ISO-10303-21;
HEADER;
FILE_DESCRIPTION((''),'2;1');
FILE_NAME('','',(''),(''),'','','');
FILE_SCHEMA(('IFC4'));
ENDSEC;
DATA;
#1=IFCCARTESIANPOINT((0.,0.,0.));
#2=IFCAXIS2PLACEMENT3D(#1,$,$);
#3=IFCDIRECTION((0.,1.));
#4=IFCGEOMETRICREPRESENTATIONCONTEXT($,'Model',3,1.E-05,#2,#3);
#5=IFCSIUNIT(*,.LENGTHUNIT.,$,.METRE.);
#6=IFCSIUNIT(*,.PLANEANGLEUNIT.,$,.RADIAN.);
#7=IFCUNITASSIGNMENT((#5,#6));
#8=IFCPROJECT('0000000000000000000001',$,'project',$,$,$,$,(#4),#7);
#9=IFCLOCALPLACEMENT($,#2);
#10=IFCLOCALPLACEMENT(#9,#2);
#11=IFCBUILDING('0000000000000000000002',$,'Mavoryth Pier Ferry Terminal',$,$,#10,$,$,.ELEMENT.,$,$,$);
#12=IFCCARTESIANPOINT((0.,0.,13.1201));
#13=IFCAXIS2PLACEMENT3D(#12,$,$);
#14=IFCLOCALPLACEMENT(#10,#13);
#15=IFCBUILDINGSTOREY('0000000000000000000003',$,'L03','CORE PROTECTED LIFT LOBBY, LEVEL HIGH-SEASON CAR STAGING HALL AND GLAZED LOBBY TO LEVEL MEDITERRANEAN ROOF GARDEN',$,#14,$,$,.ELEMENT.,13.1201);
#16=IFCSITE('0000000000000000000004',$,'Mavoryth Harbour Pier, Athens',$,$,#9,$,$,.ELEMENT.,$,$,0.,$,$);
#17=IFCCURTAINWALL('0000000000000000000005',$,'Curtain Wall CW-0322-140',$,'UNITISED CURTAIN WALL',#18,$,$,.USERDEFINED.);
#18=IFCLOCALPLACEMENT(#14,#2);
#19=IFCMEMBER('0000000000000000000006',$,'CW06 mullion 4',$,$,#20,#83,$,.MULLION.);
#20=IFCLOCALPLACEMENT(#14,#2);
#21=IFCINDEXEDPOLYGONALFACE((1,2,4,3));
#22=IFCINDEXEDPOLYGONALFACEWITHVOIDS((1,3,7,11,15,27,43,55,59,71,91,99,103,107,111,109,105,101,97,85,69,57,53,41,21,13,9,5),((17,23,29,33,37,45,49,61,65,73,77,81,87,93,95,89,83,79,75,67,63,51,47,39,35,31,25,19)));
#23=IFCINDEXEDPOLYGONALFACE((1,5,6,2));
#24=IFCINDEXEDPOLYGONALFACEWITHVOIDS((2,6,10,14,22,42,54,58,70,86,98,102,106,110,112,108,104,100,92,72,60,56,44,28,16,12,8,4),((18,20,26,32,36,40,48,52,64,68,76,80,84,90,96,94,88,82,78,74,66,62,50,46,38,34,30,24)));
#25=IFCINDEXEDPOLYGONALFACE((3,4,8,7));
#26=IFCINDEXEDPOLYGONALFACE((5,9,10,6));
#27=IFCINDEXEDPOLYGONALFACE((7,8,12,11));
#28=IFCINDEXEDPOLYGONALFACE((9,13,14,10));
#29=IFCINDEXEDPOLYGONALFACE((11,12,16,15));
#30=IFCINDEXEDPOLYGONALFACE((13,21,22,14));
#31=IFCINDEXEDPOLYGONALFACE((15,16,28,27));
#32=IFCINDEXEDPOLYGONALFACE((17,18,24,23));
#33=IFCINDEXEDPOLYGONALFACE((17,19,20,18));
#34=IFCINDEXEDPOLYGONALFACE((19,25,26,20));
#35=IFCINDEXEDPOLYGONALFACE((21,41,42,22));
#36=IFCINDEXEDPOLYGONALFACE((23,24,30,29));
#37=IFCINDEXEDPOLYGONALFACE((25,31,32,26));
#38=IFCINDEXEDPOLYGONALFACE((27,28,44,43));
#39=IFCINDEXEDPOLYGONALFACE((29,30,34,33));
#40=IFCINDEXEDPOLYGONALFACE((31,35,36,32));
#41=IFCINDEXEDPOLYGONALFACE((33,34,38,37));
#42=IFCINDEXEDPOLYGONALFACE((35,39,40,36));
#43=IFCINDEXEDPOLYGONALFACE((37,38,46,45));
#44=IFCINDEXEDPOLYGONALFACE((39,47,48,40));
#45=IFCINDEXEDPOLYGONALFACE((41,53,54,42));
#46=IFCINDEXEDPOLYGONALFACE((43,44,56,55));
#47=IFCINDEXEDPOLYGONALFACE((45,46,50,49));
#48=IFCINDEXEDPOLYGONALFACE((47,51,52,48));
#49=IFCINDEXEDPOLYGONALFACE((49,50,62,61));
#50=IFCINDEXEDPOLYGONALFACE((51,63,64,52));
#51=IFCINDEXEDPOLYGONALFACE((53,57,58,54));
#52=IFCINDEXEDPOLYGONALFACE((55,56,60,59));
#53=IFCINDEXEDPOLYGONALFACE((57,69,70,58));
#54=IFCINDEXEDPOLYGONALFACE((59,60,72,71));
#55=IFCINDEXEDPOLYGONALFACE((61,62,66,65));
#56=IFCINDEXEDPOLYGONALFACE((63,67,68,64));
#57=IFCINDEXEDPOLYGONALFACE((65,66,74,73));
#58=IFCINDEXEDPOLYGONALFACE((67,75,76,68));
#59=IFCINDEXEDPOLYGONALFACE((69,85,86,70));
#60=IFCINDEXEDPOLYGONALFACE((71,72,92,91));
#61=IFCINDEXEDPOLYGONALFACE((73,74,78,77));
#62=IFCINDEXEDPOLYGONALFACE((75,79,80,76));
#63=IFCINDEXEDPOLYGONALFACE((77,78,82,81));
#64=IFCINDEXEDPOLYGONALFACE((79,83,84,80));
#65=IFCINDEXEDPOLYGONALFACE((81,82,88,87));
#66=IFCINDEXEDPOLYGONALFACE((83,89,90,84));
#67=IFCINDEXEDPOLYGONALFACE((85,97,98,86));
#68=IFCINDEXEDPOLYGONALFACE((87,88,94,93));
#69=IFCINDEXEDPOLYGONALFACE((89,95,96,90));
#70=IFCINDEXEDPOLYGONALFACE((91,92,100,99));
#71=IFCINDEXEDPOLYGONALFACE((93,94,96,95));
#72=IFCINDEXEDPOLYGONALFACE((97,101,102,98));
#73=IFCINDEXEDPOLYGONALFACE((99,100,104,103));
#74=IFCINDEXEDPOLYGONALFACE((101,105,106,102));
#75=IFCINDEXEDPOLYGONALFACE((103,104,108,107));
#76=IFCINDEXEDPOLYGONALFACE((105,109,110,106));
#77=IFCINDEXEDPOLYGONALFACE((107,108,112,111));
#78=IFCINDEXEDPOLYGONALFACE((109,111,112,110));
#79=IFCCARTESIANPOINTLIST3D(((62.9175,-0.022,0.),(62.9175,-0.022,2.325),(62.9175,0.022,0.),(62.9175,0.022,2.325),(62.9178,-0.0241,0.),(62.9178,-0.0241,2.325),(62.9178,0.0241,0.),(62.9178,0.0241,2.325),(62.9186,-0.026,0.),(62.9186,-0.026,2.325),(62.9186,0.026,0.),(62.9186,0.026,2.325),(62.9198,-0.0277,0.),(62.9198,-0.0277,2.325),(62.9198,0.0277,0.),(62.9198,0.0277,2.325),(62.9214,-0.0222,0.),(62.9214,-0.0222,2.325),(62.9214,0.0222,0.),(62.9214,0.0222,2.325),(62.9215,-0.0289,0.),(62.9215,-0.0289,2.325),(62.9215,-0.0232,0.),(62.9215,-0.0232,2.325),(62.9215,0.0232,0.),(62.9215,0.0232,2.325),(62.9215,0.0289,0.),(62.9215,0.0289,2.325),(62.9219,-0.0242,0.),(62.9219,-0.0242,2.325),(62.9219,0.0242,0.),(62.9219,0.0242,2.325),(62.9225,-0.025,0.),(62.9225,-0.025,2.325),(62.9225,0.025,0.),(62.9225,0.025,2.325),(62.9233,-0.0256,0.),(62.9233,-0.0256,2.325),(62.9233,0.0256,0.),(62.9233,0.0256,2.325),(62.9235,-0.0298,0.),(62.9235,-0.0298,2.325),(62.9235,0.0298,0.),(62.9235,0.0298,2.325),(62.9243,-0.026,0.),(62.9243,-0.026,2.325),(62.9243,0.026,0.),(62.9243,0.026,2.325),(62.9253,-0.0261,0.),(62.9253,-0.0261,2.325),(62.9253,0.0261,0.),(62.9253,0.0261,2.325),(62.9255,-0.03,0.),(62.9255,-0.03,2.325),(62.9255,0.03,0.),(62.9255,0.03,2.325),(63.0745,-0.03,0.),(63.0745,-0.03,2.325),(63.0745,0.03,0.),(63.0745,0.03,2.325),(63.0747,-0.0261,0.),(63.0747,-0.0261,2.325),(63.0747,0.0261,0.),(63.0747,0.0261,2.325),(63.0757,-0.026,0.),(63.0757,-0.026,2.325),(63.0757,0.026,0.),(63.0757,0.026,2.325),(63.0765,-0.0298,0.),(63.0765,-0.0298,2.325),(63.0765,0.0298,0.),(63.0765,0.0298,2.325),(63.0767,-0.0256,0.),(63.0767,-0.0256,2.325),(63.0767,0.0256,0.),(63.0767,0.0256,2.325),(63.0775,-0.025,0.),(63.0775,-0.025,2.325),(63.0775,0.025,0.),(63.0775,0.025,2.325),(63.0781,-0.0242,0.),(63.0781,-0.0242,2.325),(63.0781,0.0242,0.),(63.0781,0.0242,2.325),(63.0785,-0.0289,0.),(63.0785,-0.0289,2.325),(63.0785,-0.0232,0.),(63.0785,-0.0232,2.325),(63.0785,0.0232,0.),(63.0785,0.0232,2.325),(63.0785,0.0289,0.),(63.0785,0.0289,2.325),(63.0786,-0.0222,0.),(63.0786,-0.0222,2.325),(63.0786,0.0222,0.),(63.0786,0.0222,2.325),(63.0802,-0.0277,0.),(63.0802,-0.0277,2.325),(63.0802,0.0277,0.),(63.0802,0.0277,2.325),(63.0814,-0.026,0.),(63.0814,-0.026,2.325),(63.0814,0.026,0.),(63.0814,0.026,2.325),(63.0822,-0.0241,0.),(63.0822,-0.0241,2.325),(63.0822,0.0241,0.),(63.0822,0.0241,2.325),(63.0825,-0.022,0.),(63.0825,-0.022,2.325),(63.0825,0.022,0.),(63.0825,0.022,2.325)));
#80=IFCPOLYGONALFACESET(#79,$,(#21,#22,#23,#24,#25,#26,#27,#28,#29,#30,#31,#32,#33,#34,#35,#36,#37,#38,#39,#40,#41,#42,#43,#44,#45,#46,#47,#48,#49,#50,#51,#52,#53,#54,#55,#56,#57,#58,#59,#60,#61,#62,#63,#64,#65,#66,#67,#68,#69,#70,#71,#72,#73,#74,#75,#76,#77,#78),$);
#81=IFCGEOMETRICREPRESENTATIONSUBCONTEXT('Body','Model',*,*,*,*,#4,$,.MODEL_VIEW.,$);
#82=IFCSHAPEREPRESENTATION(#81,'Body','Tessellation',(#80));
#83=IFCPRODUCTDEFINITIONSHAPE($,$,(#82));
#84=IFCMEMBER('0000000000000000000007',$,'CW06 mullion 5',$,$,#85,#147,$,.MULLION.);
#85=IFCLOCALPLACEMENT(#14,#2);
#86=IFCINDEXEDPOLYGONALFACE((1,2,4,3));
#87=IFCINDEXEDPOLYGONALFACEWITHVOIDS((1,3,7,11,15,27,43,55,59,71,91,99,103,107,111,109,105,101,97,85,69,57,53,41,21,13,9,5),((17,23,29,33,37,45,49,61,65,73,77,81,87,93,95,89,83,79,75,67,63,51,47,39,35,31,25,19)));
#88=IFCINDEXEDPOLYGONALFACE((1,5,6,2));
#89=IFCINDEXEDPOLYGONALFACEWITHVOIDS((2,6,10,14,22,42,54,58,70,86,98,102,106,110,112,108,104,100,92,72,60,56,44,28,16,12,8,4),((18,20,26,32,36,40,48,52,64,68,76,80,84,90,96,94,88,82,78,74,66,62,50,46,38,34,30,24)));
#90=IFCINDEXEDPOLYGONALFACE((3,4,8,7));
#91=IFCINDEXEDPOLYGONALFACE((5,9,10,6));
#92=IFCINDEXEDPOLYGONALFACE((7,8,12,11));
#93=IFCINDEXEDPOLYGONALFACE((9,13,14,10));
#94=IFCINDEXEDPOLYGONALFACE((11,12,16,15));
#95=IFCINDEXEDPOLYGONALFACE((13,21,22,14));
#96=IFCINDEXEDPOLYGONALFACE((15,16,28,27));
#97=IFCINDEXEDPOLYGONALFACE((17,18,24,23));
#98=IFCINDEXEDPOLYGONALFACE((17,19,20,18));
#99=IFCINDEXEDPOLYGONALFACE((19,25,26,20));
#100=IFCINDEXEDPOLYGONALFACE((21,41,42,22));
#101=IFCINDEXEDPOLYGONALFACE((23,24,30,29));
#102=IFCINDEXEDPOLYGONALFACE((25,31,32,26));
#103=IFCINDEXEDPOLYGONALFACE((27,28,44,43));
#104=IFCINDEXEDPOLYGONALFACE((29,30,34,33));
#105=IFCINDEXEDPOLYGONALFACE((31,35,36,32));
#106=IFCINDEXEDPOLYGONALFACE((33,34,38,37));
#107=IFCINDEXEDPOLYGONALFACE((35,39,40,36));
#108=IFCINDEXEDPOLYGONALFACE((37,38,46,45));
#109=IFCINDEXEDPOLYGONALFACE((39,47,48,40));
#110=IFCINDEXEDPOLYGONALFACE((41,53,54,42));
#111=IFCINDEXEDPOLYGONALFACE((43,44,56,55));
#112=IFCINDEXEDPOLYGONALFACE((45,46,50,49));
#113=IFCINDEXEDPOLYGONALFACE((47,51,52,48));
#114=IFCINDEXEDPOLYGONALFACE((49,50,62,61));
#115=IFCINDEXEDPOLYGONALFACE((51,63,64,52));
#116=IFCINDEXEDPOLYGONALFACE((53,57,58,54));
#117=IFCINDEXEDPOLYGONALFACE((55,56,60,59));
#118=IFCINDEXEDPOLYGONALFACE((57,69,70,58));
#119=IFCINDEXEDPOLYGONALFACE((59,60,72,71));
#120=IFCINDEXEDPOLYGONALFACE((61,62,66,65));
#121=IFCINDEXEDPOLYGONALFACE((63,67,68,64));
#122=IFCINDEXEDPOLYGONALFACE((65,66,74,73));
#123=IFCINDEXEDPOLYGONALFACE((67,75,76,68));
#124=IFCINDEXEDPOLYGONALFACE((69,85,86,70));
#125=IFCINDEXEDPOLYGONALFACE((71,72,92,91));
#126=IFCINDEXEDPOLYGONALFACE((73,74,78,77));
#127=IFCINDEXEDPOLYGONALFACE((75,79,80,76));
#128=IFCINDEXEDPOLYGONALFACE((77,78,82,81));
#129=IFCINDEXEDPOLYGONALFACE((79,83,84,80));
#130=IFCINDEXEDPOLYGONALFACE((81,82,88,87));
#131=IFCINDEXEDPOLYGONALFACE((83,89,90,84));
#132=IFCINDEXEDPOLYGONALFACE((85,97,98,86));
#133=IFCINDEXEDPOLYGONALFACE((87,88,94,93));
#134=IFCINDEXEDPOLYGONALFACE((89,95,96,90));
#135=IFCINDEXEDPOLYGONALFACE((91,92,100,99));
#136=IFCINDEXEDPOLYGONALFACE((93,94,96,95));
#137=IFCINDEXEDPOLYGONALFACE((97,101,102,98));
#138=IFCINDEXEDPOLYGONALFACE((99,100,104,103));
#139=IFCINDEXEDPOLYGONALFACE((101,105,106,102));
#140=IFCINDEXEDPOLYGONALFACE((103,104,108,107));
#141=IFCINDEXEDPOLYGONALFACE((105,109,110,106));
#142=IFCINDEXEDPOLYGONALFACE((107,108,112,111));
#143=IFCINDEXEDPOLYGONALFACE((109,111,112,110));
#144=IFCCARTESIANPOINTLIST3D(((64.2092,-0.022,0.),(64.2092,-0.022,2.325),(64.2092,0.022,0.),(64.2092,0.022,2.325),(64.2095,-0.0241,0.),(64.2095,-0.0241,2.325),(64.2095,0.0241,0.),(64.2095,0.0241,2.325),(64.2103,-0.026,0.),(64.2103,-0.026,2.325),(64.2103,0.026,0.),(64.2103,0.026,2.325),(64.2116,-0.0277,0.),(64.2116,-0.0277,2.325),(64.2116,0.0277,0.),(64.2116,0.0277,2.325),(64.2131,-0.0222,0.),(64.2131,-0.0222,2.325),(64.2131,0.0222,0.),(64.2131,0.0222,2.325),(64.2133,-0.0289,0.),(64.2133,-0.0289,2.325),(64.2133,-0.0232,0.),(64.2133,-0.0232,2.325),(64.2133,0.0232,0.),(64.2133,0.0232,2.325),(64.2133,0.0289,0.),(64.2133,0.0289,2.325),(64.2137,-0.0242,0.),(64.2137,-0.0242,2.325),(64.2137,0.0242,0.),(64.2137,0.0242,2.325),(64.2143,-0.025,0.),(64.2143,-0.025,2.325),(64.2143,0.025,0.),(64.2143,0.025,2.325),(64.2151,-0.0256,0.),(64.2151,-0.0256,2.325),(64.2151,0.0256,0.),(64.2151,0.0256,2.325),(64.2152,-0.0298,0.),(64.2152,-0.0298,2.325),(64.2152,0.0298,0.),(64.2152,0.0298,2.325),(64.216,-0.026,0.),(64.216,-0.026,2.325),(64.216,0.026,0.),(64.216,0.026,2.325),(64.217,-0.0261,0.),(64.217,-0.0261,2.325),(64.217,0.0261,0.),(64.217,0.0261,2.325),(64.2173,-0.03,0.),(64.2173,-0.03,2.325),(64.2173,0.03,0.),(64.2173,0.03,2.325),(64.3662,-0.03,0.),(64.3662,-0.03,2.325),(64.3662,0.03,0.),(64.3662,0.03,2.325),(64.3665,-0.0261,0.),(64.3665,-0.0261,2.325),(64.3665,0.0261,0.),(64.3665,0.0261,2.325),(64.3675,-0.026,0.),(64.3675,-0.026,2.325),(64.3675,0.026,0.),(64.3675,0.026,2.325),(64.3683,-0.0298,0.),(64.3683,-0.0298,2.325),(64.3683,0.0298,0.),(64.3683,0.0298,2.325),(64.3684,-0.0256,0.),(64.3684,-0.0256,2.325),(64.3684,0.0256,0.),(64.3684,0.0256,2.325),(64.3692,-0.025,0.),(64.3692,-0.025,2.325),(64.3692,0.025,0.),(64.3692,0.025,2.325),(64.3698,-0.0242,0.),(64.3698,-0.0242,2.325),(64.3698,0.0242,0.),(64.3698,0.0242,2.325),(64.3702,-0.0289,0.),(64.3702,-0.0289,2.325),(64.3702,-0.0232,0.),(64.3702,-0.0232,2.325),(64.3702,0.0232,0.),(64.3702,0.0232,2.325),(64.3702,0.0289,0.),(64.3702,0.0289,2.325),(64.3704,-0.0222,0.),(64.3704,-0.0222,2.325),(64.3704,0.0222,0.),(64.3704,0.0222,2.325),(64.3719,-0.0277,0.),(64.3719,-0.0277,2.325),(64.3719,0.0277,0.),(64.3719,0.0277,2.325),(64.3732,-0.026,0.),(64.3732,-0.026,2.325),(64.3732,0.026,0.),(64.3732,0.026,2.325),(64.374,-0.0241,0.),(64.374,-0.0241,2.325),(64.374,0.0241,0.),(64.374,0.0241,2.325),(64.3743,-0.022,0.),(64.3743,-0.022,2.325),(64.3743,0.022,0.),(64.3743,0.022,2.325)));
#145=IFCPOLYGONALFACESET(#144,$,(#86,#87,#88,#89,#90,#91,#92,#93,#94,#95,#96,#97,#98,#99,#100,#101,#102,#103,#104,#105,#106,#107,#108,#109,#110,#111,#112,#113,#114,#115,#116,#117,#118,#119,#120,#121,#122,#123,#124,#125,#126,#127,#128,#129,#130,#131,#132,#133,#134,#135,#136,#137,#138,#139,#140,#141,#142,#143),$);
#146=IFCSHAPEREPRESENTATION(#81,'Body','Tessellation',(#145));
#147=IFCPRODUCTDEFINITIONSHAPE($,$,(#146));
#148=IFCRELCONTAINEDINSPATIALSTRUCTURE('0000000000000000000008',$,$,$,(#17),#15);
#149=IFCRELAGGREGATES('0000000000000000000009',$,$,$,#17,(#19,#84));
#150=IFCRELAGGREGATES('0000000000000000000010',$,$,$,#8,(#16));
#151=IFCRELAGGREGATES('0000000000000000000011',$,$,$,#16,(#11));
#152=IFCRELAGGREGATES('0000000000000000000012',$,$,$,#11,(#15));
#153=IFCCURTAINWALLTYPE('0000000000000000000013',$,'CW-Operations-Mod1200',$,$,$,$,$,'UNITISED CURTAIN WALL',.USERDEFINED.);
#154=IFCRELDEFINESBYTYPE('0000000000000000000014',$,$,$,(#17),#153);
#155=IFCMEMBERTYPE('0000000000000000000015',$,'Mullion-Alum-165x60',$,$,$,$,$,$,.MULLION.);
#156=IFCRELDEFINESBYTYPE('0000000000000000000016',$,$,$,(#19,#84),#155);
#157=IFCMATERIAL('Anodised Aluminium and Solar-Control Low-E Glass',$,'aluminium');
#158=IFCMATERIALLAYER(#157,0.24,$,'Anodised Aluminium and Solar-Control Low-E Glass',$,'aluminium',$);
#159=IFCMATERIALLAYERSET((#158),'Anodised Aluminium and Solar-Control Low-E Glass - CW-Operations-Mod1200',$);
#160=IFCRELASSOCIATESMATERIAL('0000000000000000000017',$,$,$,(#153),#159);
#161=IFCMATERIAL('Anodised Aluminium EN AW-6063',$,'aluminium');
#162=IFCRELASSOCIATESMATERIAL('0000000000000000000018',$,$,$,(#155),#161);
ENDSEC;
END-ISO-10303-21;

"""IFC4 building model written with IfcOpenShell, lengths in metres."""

from ifc_helpers import new_model, si_unit, direction, frame, origin, origin_2d, place, context, subcontext, project, spatial, hollow_rectangle, extrude, material, layer, layer_set, material_profile, profile_set, type_object, element, aggregate, save


model = new_model("IFC4")

# Units and contexts
model_context = context("Model", 3, precision=1e-05, world=origin(), true_north=direction((0.0, 1.0)))
body_context = subcontext(model_context, "Body", "Model", "MODEL_VIEW")
ifc_project = project(units=[si_unit("LENGTHUNIT", "METRE"), si_unit("PLANEANGLEUNIT", "RADIAN")], contexts=[model_context])

# Site, building, storey
site_placement = place(None, origin())
site = spatial("IfcSite", under=ifc_project, at=site_placement, Name="Mavoryth Harbour Pier, Athens", CompositionType="ELEMENT", RefElevation=0.0)
building_placement = place(site_placement, origin())
building = spatial("IfcBuilding", under=site, at=building_placement, Name="Mavoryth Pier Ferry Terminal", CompositionType="ELEMENT")
storey_placement = place(building_placement, frame((0.0, 0.0, 13.1201)))
storey = spatial("IfcBuildingStorey", under=building, at=storey_placement, Name="L03", Description="CORE PROTECTED LIFT LOBBY, LEVEL HIGH-SEASON CAR STAGING HALL AND GLAZED LOBBY TO LEVEL MEDITERRANEAN ROOF GARDEN", CompositionType="ELEMENT", Elevation=13.1201)

# Curtain wall, members
ifc_material_1 = material(Name="Anodised Aluminium and Solar-Control Low-E Glass", Category="aluminium")
ifc_layer_1 = layer(ifc_material_1, 0.24, Name="Anodised Aluminium and Solar-Control Low-E Glass", Category="aluminium")
ifc_layer_set_1 = layer_set([ifc_layer_1], Name="Anodised Aluminium and Solar-Control Low-E Glass - CW-Operations-Mod1200")
curtain_wall_type = type_object("IfcCurtainWallType", Name="CW-Operations-Mod1200", ElementType="UNITISED CURTAIN WALL", PredefinedType="USERDEFINED", material=ifc_layer_set_1)
curtain_wall_placement = place(storey_placement, origin())
curtain_wall = element("IfcCurtainWall", 1, at=curtain_wall_placement, inside=storey, type_object=curtain_wall_type, Name="Curtain Wall CW-0322-140", ObjectType="UNITISED CURTAIN WALL", PredefinedType="USERDEFINED")
ifc_material_2 = material(Name="Anodised Aluminium EN AW-6063", Category="aluminium")
ifc_material_profile_1 = material_profile(ifc_material_2, hollow_rectangle(XDim=0.0601, YDim=0.165, WallThickness=0.0039, InnerFilletRadius=0.0039, OuterFilletRadius=0.0081, at=origin_2d()), Name="AL-MULL 165x60x4", Category="aluminium")
ifc_profile_set_1 = profile_set([ifc_material_profile_1], Name="Anodised Aluminium EN AW-6063 - AL-MULL 165x60x4")
member_type_1 = type_object("IfcMemberType", Name="Mullion-Alum-165x60", PredefinedType="MULLION", material=ifc_profile_set_1)
member_1_placement = place(storey_placement, frame((63.0, 0.0, 0.0), z_axis=(0.0, 0.0, 1.0), x_axis=(0.0, 1.0, 0.0)))
member_1 = element("IfcMember", 2, at=member_1_placement, type_object=member_type_1, Name="CW06 mullion 4", PredefinedType="MULLION", context=body_context, shape_type="SweptSolid", body=[
    extrude(hollow_rectangle(XDim=0.0601, YDim=0.165, WallThickness=0.0039, InnerFilletRadius=0.0039, OuterFilletRadius=0.0081, at=origin_2d()), origin(), (0.0, 0.0, 1.0), 2.325),
])
member_2_placement = place(storey_placement, frame((64.2917, 0.0, 0.0), z_axis=(0.0, 0.0, 1.0), x_axis=(0.0, 1.0, 0.0)))
member_2 = element("IfcMember", 3, at=member_2_placement, type_object=member_type_1, Name="CW06 mullion 5", PredefinedType="MULLION", context=body_context, shape_type="SweptSolid", body=[
    extrude(hollow_rectangle(XDim=0.0601, YDim=0.165, WallThickness=0.0039, InnerFilletRadius=0.0039, OuterFilletRadius=0.0081, at=origin_2d()), origin(), (0.0, 0.0, 1.0), 2.325),
])
aggregate(curtain_wall, [member_1, member_2])

save(model, "model.ifc")
